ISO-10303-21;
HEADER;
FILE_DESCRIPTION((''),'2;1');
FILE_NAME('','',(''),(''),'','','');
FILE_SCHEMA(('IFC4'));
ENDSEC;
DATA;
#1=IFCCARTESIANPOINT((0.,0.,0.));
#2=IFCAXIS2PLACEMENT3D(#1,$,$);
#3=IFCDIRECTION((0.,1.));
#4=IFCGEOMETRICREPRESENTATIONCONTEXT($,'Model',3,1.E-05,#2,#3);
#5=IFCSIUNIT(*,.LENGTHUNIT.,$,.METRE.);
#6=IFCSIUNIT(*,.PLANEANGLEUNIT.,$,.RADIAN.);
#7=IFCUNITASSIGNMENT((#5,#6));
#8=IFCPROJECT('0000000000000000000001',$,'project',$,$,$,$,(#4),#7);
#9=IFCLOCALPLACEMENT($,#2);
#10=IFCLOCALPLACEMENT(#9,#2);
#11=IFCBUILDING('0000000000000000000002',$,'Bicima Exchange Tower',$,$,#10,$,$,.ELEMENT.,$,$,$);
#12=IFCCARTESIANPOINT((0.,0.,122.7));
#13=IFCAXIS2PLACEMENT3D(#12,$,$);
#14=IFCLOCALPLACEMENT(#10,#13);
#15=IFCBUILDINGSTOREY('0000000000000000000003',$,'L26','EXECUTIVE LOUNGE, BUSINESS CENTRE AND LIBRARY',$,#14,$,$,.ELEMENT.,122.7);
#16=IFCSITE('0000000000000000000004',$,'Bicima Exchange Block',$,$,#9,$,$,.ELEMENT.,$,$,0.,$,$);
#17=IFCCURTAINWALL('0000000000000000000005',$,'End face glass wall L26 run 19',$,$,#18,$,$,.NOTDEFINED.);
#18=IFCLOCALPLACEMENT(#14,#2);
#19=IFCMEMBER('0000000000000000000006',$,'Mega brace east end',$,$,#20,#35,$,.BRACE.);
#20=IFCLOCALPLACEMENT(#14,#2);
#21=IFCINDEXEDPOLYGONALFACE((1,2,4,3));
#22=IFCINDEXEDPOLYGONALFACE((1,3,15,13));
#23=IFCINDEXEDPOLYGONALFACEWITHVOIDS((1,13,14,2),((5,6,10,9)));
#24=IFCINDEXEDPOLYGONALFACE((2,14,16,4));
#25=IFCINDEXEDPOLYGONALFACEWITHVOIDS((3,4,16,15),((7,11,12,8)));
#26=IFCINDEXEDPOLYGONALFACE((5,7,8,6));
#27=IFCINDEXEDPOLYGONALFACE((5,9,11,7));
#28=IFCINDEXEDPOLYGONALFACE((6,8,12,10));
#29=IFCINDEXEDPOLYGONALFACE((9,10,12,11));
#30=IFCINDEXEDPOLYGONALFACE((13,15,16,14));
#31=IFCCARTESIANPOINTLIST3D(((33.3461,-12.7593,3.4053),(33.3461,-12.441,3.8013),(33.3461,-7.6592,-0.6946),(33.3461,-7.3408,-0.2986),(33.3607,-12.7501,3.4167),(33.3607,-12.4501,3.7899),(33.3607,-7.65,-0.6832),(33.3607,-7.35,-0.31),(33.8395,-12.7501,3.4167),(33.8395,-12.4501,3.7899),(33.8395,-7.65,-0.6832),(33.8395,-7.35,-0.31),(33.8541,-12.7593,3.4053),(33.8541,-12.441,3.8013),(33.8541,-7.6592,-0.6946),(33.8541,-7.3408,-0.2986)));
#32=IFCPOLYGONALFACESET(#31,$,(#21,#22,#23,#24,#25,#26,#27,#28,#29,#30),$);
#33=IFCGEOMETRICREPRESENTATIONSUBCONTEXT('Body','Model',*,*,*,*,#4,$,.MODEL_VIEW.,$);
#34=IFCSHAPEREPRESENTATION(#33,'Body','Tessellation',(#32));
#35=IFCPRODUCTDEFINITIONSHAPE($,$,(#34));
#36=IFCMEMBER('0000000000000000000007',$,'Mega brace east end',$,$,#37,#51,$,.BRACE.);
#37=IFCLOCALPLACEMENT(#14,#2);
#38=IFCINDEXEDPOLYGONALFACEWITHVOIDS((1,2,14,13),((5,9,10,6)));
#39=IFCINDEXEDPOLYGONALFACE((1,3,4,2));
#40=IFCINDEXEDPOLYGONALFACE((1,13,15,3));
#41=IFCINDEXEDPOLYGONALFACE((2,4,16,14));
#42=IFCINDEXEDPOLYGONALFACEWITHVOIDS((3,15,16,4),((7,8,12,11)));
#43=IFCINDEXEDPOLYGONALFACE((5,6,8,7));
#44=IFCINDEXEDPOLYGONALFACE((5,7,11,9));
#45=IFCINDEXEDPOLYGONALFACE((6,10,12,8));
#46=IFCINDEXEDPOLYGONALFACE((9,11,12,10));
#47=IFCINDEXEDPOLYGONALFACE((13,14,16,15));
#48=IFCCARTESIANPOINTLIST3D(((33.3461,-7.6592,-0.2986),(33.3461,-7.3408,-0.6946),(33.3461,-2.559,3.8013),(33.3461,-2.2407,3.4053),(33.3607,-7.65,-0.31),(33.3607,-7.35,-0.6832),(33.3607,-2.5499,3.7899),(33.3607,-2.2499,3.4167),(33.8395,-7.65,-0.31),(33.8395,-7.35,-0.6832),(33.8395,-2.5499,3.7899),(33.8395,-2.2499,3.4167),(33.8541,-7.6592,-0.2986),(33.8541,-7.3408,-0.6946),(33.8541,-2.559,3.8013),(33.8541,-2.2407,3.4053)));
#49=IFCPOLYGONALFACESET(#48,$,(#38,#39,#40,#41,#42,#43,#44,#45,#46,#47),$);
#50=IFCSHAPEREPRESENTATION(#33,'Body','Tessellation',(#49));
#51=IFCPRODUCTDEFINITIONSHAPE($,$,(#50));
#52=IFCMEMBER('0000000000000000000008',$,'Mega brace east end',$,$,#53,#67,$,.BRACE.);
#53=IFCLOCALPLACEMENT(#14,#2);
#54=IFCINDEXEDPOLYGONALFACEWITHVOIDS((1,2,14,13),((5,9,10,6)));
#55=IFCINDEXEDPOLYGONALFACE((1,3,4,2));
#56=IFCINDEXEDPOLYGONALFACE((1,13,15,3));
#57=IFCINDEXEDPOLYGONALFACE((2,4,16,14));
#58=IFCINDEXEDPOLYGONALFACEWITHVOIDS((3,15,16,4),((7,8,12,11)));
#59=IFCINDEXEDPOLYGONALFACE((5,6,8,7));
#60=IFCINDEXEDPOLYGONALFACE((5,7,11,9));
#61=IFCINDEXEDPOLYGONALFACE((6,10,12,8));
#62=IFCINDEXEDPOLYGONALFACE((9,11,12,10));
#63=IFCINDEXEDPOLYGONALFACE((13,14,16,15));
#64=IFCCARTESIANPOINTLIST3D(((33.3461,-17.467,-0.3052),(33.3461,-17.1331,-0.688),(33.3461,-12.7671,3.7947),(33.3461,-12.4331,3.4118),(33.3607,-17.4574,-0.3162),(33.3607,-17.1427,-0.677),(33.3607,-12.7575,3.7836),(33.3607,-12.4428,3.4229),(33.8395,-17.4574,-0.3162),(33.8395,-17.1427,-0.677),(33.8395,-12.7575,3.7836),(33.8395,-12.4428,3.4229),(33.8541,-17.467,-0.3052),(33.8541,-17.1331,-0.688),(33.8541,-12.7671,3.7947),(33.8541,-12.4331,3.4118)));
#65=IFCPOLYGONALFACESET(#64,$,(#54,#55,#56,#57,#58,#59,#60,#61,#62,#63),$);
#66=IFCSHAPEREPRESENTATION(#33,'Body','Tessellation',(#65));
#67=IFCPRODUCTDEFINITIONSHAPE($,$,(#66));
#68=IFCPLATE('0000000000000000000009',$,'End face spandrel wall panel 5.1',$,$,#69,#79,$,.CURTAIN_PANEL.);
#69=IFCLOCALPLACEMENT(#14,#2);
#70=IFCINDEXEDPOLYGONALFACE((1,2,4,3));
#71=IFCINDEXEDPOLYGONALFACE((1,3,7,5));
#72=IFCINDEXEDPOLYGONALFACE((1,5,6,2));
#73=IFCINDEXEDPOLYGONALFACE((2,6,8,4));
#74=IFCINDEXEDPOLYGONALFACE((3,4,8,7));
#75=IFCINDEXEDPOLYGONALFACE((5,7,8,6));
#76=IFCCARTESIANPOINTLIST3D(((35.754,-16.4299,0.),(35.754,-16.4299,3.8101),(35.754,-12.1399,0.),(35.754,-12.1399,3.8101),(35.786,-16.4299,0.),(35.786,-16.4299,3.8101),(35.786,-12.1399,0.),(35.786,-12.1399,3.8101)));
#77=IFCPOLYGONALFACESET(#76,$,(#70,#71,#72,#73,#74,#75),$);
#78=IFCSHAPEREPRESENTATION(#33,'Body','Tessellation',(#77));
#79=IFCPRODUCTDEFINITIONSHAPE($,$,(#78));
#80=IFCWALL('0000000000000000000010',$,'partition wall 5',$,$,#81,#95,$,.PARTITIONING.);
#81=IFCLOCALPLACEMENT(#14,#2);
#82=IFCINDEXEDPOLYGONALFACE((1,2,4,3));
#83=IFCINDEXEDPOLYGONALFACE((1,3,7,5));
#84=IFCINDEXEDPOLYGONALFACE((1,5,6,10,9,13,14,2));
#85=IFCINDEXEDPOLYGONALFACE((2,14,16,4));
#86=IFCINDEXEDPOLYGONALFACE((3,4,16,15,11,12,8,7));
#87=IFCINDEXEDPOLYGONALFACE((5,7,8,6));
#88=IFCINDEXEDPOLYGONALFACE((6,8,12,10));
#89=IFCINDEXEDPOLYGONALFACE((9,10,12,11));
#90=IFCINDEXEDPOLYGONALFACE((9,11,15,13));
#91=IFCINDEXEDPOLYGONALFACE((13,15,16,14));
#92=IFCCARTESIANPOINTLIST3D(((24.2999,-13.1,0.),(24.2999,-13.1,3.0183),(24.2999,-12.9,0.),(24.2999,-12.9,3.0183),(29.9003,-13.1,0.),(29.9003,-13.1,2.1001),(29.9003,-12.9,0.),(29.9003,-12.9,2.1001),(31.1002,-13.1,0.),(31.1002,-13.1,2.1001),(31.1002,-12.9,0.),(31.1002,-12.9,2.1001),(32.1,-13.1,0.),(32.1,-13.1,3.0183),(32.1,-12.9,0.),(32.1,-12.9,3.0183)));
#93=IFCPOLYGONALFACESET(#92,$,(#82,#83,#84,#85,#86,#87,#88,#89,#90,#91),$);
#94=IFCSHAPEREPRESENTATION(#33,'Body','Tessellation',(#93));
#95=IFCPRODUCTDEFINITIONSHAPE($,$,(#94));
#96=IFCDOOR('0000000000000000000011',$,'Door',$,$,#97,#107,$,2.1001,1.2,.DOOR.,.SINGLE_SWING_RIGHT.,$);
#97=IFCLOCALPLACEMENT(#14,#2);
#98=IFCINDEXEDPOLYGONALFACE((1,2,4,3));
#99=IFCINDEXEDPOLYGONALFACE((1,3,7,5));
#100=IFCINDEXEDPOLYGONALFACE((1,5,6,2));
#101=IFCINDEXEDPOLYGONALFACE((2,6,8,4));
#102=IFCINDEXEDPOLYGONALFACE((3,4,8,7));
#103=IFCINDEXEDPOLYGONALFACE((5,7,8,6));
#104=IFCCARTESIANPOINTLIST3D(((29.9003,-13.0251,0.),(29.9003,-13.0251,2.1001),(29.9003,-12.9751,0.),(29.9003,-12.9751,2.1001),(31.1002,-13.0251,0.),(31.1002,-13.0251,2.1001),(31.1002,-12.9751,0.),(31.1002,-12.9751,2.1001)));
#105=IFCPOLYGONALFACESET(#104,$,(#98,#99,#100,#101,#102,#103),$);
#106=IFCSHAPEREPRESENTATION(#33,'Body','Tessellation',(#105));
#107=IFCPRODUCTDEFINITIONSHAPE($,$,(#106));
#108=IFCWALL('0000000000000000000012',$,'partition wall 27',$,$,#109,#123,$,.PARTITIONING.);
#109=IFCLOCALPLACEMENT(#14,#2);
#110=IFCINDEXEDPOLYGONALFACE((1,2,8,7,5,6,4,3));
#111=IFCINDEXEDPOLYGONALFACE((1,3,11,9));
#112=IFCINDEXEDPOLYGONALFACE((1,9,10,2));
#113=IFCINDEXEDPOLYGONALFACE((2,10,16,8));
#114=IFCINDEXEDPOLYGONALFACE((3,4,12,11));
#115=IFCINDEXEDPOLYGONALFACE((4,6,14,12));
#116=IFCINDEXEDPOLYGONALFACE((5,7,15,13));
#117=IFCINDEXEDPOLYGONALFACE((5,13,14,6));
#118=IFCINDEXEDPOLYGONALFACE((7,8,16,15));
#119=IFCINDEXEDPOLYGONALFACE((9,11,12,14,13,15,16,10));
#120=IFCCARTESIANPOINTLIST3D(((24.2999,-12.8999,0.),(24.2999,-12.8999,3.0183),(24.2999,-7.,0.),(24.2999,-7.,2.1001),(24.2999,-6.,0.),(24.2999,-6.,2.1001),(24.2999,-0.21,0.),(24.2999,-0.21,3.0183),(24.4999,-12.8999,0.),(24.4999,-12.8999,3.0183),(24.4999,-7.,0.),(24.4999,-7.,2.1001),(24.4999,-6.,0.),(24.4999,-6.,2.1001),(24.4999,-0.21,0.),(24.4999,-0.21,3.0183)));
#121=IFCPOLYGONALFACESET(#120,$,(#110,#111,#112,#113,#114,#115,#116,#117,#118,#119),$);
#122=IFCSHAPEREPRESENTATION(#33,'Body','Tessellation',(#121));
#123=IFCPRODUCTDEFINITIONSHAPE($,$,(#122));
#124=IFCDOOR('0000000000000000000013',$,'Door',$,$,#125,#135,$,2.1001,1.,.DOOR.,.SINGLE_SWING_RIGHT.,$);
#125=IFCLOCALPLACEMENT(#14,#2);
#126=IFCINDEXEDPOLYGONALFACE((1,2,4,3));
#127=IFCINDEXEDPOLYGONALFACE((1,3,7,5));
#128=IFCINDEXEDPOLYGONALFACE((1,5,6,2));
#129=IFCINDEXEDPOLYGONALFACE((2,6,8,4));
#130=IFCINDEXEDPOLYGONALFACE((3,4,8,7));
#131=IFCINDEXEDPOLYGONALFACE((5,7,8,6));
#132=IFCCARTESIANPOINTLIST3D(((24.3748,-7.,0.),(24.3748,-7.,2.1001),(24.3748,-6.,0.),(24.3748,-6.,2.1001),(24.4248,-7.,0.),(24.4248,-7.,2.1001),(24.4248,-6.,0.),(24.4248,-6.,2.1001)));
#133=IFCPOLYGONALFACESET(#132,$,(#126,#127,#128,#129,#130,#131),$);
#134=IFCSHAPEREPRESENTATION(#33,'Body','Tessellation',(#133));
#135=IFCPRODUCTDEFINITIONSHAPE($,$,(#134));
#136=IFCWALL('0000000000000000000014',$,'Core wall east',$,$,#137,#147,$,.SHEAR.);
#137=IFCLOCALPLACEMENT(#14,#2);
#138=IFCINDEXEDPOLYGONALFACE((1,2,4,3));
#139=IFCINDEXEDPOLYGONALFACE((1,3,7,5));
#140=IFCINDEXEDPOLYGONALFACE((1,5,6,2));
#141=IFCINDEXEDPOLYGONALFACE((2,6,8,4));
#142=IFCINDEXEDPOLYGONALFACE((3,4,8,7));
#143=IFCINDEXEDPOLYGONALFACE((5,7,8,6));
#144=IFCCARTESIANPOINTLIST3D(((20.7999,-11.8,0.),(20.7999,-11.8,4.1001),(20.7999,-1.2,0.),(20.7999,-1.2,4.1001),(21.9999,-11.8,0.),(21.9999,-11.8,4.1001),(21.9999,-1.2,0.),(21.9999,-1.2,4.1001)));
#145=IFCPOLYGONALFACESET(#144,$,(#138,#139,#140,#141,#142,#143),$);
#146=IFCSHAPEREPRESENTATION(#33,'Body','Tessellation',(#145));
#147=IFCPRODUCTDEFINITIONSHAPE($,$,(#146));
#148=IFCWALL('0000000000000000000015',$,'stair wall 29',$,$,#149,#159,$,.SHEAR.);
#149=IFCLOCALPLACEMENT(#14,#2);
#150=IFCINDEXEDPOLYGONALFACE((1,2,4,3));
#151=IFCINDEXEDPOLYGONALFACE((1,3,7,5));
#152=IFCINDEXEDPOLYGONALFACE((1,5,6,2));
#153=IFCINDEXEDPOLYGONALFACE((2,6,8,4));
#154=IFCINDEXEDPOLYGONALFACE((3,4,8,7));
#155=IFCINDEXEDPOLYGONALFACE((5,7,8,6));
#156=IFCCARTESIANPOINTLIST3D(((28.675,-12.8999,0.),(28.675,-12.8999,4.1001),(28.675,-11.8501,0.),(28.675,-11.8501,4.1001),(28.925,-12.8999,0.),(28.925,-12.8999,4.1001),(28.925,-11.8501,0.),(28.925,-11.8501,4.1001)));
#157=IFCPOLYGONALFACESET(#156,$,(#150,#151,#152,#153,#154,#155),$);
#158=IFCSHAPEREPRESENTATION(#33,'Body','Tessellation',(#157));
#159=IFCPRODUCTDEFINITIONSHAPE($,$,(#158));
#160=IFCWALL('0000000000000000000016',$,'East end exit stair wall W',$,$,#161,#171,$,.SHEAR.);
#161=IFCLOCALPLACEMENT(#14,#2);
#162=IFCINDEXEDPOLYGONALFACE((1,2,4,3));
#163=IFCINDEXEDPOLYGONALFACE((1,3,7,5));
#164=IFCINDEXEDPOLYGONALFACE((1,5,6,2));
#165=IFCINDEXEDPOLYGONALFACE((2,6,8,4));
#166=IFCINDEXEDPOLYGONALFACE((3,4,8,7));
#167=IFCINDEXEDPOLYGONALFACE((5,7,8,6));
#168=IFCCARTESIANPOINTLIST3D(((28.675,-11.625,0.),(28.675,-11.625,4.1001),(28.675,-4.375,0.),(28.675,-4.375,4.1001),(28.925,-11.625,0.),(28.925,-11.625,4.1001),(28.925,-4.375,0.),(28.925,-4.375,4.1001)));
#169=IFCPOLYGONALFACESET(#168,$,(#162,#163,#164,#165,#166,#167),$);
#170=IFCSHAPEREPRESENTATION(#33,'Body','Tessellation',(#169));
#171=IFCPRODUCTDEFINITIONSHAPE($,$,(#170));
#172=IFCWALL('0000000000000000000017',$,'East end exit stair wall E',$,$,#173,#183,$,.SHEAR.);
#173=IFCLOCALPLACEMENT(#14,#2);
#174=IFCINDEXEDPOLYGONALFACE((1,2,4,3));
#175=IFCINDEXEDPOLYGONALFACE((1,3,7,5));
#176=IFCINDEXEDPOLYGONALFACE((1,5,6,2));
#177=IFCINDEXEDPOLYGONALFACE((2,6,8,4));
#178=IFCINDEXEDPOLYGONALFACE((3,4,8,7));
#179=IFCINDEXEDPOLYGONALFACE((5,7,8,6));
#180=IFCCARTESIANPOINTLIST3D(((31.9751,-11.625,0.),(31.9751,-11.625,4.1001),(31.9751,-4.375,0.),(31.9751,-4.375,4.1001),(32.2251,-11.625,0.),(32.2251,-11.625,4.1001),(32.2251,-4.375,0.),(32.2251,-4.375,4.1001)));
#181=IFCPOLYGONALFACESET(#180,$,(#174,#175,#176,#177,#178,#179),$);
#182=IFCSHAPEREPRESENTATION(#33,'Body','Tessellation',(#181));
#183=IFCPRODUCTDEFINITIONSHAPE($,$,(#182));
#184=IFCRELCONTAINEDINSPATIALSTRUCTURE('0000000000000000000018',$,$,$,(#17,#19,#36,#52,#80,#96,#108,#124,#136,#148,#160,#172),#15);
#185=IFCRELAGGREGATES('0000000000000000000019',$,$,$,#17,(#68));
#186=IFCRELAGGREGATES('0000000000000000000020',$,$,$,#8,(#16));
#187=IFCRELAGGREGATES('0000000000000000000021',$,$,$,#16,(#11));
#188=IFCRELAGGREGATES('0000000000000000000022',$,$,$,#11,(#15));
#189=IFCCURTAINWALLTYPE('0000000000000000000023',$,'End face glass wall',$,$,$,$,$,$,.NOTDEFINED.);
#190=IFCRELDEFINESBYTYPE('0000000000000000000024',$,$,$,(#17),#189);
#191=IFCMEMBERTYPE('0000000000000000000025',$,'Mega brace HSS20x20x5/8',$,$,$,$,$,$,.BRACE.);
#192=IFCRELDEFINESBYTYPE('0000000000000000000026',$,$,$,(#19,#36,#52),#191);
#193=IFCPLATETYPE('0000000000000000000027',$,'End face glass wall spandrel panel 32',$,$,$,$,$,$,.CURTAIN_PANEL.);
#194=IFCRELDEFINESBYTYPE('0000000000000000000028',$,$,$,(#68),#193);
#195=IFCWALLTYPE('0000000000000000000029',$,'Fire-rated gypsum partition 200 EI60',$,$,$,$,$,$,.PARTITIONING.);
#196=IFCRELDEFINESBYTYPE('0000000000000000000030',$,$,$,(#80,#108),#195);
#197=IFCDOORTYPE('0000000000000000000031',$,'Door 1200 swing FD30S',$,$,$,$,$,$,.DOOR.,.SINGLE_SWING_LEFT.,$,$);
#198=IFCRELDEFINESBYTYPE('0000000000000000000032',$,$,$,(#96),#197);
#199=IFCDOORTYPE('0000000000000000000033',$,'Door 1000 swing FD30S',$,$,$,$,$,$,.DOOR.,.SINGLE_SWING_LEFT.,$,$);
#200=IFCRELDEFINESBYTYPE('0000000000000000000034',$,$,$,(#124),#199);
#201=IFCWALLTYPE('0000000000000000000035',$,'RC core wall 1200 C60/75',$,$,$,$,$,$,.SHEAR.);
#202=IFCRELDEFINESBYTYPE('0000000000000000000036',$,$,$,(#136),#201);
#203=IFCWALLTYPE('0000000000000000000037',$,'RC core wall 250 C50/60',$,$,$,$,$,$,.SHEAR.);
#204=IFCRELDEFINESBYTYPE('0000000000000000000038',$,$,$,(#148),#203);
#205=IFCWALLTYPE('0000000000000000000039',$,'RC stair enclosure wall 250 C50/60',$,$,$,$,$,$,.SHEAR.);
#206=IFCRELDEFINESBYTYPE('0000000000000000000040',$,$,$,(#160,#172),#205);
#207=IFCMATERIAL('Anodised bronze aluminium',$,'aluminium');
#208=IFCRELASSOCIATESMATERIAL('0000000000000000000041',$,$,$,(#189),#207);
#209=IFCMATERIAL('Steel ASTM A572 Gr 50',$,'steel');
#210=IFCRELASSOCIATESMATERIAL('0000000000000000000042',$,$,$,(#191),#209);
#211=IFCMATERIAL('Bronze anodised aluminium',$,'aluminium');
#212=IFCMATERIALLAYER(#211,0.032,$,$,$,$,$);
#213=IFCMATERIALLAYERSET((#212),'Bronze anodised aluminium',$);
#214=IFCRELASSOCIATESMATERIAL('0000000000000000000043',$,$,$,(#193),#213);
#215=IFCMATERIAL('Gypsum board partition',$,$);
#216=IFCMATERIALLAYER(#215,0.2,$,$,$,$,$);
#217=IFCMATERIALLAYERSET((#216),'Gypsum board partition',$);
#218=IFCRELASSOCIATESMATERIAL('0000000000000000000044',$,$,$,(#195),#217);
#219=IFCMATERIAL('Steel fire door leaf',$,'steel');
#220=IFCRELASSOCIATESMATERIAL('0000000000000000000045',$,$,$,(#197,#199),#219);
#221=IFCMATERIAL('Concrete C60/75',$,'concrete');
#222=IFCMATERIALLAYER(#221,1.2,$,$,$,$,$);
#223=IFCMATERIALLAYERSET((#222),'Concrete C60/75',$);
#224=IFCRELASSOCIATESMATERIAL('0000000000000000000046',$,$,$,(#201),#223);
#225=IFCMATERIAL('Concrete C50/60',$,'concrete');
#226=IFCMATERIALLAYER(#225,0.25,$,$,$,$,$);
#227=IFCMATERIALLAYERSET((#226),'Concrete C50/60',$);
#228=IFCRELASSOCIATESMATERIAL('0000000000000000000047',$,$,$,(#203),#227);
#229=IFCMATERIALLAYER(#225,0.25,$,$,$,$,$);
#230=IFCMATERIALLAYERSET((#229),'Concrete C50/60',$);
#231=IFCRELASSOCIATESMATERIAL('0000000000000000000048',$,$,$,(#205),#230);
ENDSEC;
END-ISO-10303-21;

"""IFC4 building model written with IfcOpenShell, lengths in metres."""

from ifc_helpers import new_model, si_unit, direction, frame, frame_2d, origin, origin_2d, place, context, subcontext, project, spatial, rectangle, hollow_rectangle, extrude, material, layer, layer_set, material_profile, profile_set, type_object, element, fill, aggregate, save


model = new_model("IFC4")

# Units and contexts
model_context = context("Model", 3, precision=1e-05, world=origin(), true_north=direction((0.0, 1.0)))
body_context = subcontext(model_context, "Body", "Model", "MODEL_VIEW")
ifc_project = project(units=[si_unit("LENGTHUNIT", "METRE"), si_unit("PLANEANGLEUNIT", "RADIAN")], contexts=[model_context])

# Site, building, storey
site_placement = place(None, origin())
site = spatial("IfcSite", under=ifc_project, at=site_placement, Name="Bicima Exchange Block", CompositionType="ELEMENT", RefElevation=0.0)
building_placement = place(site_placement, origin())
building = spatial("IfcBuilding", under=site, at=building_placement, Name="Bicima Exchange Tower", CompositionType="ELEMENT")
storey_placement = place(building_placement, frame((0.0, 0.0, 122.7)))
storey = spatial("IfcBuildingStorey", under=building, at=storey_placement, Name="L26", Description="EXECUTIVE LOUNGE, BUSINESS CENTRE AND LIBRARY", CompositionType="ELEMENT", Elevation=122.7)

# Curtain wall
ifc_material_1 = material(Name="Anodised bronze aluminium", Category="aluminium")
curtain_wall_type = type_object("IfcCurtainWallType", Name="End face glass wall", PredefinedType="NOTDEFINED", material=ifc_material_1)
curtain_wall_placement = place(storey_placement, origin())
curtain_wall = element("IfcCurtainWall", 1, at=curtain_wall_placement, inside=storey, type_object=curtain_wall_type, Name="End face glass wall L26 run 19", PredefinedType="NOTDEFINED")

# Members
ifc_material_2 = material(Name="Steel ASTM A572 Gr 50", Category="steel")
ifc_material_profile_1 = material_profile(ifc_material_2, hollow_rectangle(XDim=0.5081, YDim=0.5081, WallThickness=0.0146, at=origin_2d()))
ifc_profile_set_1 = profile_set([ifc_material_profile_1], Name="Steel ASTM A572 Gr 50")
member_type_1 = type_object("IfcMemberType", Name="Mega brace HSS20x20x5/8", PredefinedType="BRACE", material=ifc_profile_set_1)
for number, where, z_axis, x_axis, name in (
    (2, (33.6001, -7.5, -0.4966), (0.0, -0.779392, 0.626536), (1.0, 0.0, 0.0), "Mega brace east end"),
    (3, (33.6001, -7.5, -0.4966), (0.0, 0.779392, 0.626536), (-1.0, 0.0, 0.0), "Mega brace east end"),
):
    element("IfcMember", number, at=place(storey_placement, frame(where, z_axis=z_axis, x_axis=x_axis)), inside=storey, type_object=member_type_1, Name=name, PredefinedType="BRACE", context=body_context, shape_type="SweptSolid", body=[
        extrude(hollow_rectangle(XDim=0.5081, YDim=0.5081, WallThickness=0.0146, at=origin_2d()), origin(), (0.0, 0.0, 1.0), 6.5437),
    ])
member_1_placement = place(storey_placement, frame((33.6001, -17.3, -0.4966), z_axis=(0.0, 0.753577, 0.657359), x_axis=(-1.0, 0.0, 0.0)))
element("IfcMember", 4, at=member_1_placement, inside=storey, type_object=member_type_1, Name="Mega brace east end", PredefinedType="BRACE", context=body_context, shape_type="SweptSolid", body=[
    extrude(hollow_rectangle(XDim=0.5081, YDim=0.5081, WallThickness=0.0146, at=origin_2d()), origin(), (0.0, 0.0, 1.0), 6.2368),
])

# Plate
ifc_material_3 = material(Name="Bronze anodised aluminium", Category="aluminium")
ifc_layer_1 = layer(ifc_material_3, 0.032)
ifc_layer_set_1 = layer_set([ifc_layer_1], Name="Bronze anodised aluminium")
plate_type = type_object("IfcPlateType", Name="End face glass wall spandrel panel 32", PredefinedType="CURTAIN_PANEL", material=ifc_layer_set_1)
plate_placement = place(storey_placement, frame((35.77, -14.2849, 0.0), z_axis=(0.0, 0.0, 1.0), x_axis=(0.0, 1.0, 0.0)))
plate = element("IfcPlate", 5, at=plate_placement, type_object=plate_type, Name="End face spandrel wall panel 5.1", PredefinedType="CURTAIN_PANEL", context=body_context, shape_type="SweptSolid", body=[
    extrude(rectangle(XDim=4.29, YDim=0.032, at=origin_2d()), origin(), (0.0, 0.0, 1.0), 3.8101),
])
aggregate(curtain_wall, [plate])

# Walls, openings, doors
ifc_material_4 = material(Name="Gypsum board partition")
ifc_layer_2 = layer(ifc_material_4, 0.2)
ifc_layer_set_2 = layer_set([ifc_layer_2], Name="Gypsum board partition")
wall_type_1 = type_object("IfcWallType", Name="Fire-rated gypsum partition 200 EI60", PredefinedType="PARTITIONING", material=ifc_layer_set_2)
wall_1_placement = place(storey_placement, frame((24.3, -13.0, 0.0), z_axis=(0.0, 0.0, 1.0), x_axis=(1.0, 0.0, 0.0)))
wall_1 = element("IfcWall", 6, at=wall_1_placement, inside=storey, type_object=wall_type_1, Name="partition wall 5", PredefinedType="PARTITIONING", context=body_context, shape_type="SweptSolid", body=[
    extrude(rectangle(XDim=7.8, YDim=0.2, at=frame_2d((3.8999, 0.0))), origin(), (0.0, 0.0, 1.0), 3.0183),
])
opening_1_placement = place(wall_1_placement, frame((5.6001, 0.0, 0.0)))
opening_1 = element("IfcOpeningElement", 7, at=opening_1_placement, cuts=wall_1, PredefinedType="OPENING", context=body_context, shape_type="SweptSolid", body=[
    extrude(rectangle(XDim=1.2, YDim=2.1001, at=frame_2d((0.6001, 1.05))), frame((0.0, 0.1118, 0.0), z_axis=(0.0, -1.0, 0.0), x_axis=(1.0, 0.0, 0.0)), (0.0, 0.0, 1.0), 0.2239),
])
ifc_material_5 = material(Name="Steel fire door leaf", Category="steel")
door_type_1 = type_object("IfcDoorType", Name="Door 1200 swing FD30S", OperationType="SINGLE_SWING_LEFT", PredefinedType="DOOR", material=ifc_material_5)
door_1_placement = place(opening_1_placement, origin())
door_1 = element("IfcDoor", 8, at=door_1_placement, inside=storey, type_object=door_type_1, Name="Door", OperationType="SINGLE_SWING_RIGHT", OverallHeight=2.1001, OverallWidth=1.2, PredefinedType="DOOR", context=body_context, shape_type="SweptSolid", body=[
    extrude(rectangle(XDim=1.2, YDim=2.1001, at=frame_2d((0.6001, 1.05))), frame((0.0, 0.0249, 0.0), z_axis=(0.0, -1.0, 0.0), x_axis=(1.0, 0.0, 0.0)), (0.0, 0.0, 1.0), 0.05),
])
fill(opening_1, door_1)
wall_2_placement = place(storey_placement, frame((24.3999, -12.8999, 0.0), z_axis=(0.0, 0.0, 1.0), x_axis=(0.0, 1.0, 0.0)))
wall_2 = element("IfcWall", 9, at=wall_2_placement, inside=storey, type_object=wall_type_1, Name="partition wall 27", PredefinedType="PARTITIONING", context=body_context, shape_type="SweptSolid", body=[
    extrude(rectangle(XDim=12.6899, YDim=0.2, at=frame_2d((6.345, 0.0))), origin(), (0.0, 0.0, 1.0), 3.0183),
])
opening_2_placement = place(wall_2_placement, frame((5.8999, 0.0, 0.0)))
opening_2 = element("IfcOpeningElement", 10, at=opening_2_placement, cuts=wall_2, PredefinedType="OPENING", context=body_context, shape_type="SweptSolid", body=[
    extrude(rectangle(XDim=1.0, YDim=2.1001, at=frame_2d((0.5, 1.05))), frame((0.0, 0.1118, 0.0), z_axis=(0.0, -1.0, 0.0), x_axis=(1.0, 0.0, 0.0)), (0.0, 0.0, 1.0), 0.2239),
])
door_type_2 = type_object("IfcDoorType", Name="Door 1000 swing FD30S", OperationType="SINGLE_SWING_LEFT", PredefinedType="DOOR", material=ifc_material_5)
door_2_placement = place(opening_2_placement, frame((1.0, 0.0, 0.0), z_axis=(0.0, 0.0, 1.0), x_axis=(-1.0, 0.0, 0.0)))
door_2 = element("IfcDoor", 11, at=door_2_placement, inside=storey, type_object=door_type_2, Name="Door", OperationType="SINGLE_SWING_RIGHT", OverallHeight=2.1001, OverallWidth=1.0, PredefinedType="DOOR", context=body_context, shape_type="SweptSolid", body=[
    extrude(rectangle(XDim=1.0, YDim=2.1001, at=frame_2d((0.5, 1.05))), frame((0.0, 0.0249, 0.0), z_axis=(0.0, -1.0, 0.0), x_axis=(1.0, 0.0, 0.0)), (0.0, 0.0, 1.0), 0.05),
])
fill(opening_2, door_2)

# Walls
ifc_material_6 = material(Name="Concrete C60/75", Category="concrete")
ifc_layer_3 = layer(ifc_material_6, 1.2)
ifc_layer_set_3 = layer_set([ifc_layer_3], Name="Concrete C60/75")
wall_type_2 = type_object("IfcWallType", Name="RC core wall 1200 C60/75", PredefinedType="SHEAR", material=ifc_layer_set_3)
wall_3_placement = place(storey_placement, frame((21.3999, -11.8, 0.0), z_axis=(0.0, 0.0, 1.0), x_axis=(0.0, 1.0, 0.0)))
element("IfcWall", 12, at=wall_3_placement, inside=storey, type_object=wall_type_2, Name="Core wall east", PredefinedType="SHEAR", context=body_context, shape_type="SweptSolid", body=[
    extrude(rectangle(XDim=10.6001, YDim=1.2, at=frame_2d((5.3, 0.0))), origin(), (0.0, 0.0, 1.0), 4.1001),
])
ifc_material_7 = material(Name="Concrete C50/60", Category="concrete")
ifc_layer_4 = layer(ifc_material_7, 0.25)
ifc_layer_set_4 = layer_set([ifc_layer_4], Name="Concrete C50/60")
wall_type_3 = type_object("IfcWallType", Name="RC core wall 250 C50/60", PredefinedType="SHEAR", material=ifc_layer_set_4)
wall_4_placement = place(storey_placement, frame((28.8, -12.8999, 0.0), z_axis=(0.0, 0.0, 1.0), x_axis=(0.0, 1.0, 0.0)))
element("IfcWall", 13, at=wall_4_placement, inside=storey, type_object=wall_type_3, Name="stair wall 29", PredefinedType="SHEAR", context=body_context, shape_type="SweptSolid", body=[
    extrude(rectangle(XDim=1.0498, YDim=0.25, at=frame_2d((0.5249, 0.0))), origin(), (0.0, 0.0, 1.0), 4.1001),
])
ifc_layer_5 = layer(ifc_material_7, 0.25)
ifc_layer_set_5 = layer_set([ifc_layer_5], Name="Concrete C50/60")
wall_type_4 = type_object("IfcWallType", Name="RC stair enclosure wall 250 C50/60", PredefinedType="SHEAR", material=ifc_layer_set_5)
for number, where, z_axis, x_axis, name in (
    (14, (28.8, -11.625, 0.0), (0.0, 0.0, 1.0), (0.0, 1.0, 0.0), "East end exit stair wall W"),
    (15, (32.1001, -11.625, 0.0), (0.0, 0.0, 1.0), (0.0, 1.0, 0.0), "East end exit stair wall E"),
):
    element("IfcWall", number, at=place(storey_placement, frame(where, z_axis=z_axis, x_axis=x_axis)), inside=storey, type_object=wall_type_4, Name=name, PredefinedType="SHEAR", context=body_context, shape_type="SweptSolid", body=[
        extrude(rectangle(XDim=7.25, YDim=0.25, at=frame_2d((3.625, 0.0))), origin(), (0.0, 0.0, 1.0), 4.1001),
    ])

save(model, "model.ifc")
